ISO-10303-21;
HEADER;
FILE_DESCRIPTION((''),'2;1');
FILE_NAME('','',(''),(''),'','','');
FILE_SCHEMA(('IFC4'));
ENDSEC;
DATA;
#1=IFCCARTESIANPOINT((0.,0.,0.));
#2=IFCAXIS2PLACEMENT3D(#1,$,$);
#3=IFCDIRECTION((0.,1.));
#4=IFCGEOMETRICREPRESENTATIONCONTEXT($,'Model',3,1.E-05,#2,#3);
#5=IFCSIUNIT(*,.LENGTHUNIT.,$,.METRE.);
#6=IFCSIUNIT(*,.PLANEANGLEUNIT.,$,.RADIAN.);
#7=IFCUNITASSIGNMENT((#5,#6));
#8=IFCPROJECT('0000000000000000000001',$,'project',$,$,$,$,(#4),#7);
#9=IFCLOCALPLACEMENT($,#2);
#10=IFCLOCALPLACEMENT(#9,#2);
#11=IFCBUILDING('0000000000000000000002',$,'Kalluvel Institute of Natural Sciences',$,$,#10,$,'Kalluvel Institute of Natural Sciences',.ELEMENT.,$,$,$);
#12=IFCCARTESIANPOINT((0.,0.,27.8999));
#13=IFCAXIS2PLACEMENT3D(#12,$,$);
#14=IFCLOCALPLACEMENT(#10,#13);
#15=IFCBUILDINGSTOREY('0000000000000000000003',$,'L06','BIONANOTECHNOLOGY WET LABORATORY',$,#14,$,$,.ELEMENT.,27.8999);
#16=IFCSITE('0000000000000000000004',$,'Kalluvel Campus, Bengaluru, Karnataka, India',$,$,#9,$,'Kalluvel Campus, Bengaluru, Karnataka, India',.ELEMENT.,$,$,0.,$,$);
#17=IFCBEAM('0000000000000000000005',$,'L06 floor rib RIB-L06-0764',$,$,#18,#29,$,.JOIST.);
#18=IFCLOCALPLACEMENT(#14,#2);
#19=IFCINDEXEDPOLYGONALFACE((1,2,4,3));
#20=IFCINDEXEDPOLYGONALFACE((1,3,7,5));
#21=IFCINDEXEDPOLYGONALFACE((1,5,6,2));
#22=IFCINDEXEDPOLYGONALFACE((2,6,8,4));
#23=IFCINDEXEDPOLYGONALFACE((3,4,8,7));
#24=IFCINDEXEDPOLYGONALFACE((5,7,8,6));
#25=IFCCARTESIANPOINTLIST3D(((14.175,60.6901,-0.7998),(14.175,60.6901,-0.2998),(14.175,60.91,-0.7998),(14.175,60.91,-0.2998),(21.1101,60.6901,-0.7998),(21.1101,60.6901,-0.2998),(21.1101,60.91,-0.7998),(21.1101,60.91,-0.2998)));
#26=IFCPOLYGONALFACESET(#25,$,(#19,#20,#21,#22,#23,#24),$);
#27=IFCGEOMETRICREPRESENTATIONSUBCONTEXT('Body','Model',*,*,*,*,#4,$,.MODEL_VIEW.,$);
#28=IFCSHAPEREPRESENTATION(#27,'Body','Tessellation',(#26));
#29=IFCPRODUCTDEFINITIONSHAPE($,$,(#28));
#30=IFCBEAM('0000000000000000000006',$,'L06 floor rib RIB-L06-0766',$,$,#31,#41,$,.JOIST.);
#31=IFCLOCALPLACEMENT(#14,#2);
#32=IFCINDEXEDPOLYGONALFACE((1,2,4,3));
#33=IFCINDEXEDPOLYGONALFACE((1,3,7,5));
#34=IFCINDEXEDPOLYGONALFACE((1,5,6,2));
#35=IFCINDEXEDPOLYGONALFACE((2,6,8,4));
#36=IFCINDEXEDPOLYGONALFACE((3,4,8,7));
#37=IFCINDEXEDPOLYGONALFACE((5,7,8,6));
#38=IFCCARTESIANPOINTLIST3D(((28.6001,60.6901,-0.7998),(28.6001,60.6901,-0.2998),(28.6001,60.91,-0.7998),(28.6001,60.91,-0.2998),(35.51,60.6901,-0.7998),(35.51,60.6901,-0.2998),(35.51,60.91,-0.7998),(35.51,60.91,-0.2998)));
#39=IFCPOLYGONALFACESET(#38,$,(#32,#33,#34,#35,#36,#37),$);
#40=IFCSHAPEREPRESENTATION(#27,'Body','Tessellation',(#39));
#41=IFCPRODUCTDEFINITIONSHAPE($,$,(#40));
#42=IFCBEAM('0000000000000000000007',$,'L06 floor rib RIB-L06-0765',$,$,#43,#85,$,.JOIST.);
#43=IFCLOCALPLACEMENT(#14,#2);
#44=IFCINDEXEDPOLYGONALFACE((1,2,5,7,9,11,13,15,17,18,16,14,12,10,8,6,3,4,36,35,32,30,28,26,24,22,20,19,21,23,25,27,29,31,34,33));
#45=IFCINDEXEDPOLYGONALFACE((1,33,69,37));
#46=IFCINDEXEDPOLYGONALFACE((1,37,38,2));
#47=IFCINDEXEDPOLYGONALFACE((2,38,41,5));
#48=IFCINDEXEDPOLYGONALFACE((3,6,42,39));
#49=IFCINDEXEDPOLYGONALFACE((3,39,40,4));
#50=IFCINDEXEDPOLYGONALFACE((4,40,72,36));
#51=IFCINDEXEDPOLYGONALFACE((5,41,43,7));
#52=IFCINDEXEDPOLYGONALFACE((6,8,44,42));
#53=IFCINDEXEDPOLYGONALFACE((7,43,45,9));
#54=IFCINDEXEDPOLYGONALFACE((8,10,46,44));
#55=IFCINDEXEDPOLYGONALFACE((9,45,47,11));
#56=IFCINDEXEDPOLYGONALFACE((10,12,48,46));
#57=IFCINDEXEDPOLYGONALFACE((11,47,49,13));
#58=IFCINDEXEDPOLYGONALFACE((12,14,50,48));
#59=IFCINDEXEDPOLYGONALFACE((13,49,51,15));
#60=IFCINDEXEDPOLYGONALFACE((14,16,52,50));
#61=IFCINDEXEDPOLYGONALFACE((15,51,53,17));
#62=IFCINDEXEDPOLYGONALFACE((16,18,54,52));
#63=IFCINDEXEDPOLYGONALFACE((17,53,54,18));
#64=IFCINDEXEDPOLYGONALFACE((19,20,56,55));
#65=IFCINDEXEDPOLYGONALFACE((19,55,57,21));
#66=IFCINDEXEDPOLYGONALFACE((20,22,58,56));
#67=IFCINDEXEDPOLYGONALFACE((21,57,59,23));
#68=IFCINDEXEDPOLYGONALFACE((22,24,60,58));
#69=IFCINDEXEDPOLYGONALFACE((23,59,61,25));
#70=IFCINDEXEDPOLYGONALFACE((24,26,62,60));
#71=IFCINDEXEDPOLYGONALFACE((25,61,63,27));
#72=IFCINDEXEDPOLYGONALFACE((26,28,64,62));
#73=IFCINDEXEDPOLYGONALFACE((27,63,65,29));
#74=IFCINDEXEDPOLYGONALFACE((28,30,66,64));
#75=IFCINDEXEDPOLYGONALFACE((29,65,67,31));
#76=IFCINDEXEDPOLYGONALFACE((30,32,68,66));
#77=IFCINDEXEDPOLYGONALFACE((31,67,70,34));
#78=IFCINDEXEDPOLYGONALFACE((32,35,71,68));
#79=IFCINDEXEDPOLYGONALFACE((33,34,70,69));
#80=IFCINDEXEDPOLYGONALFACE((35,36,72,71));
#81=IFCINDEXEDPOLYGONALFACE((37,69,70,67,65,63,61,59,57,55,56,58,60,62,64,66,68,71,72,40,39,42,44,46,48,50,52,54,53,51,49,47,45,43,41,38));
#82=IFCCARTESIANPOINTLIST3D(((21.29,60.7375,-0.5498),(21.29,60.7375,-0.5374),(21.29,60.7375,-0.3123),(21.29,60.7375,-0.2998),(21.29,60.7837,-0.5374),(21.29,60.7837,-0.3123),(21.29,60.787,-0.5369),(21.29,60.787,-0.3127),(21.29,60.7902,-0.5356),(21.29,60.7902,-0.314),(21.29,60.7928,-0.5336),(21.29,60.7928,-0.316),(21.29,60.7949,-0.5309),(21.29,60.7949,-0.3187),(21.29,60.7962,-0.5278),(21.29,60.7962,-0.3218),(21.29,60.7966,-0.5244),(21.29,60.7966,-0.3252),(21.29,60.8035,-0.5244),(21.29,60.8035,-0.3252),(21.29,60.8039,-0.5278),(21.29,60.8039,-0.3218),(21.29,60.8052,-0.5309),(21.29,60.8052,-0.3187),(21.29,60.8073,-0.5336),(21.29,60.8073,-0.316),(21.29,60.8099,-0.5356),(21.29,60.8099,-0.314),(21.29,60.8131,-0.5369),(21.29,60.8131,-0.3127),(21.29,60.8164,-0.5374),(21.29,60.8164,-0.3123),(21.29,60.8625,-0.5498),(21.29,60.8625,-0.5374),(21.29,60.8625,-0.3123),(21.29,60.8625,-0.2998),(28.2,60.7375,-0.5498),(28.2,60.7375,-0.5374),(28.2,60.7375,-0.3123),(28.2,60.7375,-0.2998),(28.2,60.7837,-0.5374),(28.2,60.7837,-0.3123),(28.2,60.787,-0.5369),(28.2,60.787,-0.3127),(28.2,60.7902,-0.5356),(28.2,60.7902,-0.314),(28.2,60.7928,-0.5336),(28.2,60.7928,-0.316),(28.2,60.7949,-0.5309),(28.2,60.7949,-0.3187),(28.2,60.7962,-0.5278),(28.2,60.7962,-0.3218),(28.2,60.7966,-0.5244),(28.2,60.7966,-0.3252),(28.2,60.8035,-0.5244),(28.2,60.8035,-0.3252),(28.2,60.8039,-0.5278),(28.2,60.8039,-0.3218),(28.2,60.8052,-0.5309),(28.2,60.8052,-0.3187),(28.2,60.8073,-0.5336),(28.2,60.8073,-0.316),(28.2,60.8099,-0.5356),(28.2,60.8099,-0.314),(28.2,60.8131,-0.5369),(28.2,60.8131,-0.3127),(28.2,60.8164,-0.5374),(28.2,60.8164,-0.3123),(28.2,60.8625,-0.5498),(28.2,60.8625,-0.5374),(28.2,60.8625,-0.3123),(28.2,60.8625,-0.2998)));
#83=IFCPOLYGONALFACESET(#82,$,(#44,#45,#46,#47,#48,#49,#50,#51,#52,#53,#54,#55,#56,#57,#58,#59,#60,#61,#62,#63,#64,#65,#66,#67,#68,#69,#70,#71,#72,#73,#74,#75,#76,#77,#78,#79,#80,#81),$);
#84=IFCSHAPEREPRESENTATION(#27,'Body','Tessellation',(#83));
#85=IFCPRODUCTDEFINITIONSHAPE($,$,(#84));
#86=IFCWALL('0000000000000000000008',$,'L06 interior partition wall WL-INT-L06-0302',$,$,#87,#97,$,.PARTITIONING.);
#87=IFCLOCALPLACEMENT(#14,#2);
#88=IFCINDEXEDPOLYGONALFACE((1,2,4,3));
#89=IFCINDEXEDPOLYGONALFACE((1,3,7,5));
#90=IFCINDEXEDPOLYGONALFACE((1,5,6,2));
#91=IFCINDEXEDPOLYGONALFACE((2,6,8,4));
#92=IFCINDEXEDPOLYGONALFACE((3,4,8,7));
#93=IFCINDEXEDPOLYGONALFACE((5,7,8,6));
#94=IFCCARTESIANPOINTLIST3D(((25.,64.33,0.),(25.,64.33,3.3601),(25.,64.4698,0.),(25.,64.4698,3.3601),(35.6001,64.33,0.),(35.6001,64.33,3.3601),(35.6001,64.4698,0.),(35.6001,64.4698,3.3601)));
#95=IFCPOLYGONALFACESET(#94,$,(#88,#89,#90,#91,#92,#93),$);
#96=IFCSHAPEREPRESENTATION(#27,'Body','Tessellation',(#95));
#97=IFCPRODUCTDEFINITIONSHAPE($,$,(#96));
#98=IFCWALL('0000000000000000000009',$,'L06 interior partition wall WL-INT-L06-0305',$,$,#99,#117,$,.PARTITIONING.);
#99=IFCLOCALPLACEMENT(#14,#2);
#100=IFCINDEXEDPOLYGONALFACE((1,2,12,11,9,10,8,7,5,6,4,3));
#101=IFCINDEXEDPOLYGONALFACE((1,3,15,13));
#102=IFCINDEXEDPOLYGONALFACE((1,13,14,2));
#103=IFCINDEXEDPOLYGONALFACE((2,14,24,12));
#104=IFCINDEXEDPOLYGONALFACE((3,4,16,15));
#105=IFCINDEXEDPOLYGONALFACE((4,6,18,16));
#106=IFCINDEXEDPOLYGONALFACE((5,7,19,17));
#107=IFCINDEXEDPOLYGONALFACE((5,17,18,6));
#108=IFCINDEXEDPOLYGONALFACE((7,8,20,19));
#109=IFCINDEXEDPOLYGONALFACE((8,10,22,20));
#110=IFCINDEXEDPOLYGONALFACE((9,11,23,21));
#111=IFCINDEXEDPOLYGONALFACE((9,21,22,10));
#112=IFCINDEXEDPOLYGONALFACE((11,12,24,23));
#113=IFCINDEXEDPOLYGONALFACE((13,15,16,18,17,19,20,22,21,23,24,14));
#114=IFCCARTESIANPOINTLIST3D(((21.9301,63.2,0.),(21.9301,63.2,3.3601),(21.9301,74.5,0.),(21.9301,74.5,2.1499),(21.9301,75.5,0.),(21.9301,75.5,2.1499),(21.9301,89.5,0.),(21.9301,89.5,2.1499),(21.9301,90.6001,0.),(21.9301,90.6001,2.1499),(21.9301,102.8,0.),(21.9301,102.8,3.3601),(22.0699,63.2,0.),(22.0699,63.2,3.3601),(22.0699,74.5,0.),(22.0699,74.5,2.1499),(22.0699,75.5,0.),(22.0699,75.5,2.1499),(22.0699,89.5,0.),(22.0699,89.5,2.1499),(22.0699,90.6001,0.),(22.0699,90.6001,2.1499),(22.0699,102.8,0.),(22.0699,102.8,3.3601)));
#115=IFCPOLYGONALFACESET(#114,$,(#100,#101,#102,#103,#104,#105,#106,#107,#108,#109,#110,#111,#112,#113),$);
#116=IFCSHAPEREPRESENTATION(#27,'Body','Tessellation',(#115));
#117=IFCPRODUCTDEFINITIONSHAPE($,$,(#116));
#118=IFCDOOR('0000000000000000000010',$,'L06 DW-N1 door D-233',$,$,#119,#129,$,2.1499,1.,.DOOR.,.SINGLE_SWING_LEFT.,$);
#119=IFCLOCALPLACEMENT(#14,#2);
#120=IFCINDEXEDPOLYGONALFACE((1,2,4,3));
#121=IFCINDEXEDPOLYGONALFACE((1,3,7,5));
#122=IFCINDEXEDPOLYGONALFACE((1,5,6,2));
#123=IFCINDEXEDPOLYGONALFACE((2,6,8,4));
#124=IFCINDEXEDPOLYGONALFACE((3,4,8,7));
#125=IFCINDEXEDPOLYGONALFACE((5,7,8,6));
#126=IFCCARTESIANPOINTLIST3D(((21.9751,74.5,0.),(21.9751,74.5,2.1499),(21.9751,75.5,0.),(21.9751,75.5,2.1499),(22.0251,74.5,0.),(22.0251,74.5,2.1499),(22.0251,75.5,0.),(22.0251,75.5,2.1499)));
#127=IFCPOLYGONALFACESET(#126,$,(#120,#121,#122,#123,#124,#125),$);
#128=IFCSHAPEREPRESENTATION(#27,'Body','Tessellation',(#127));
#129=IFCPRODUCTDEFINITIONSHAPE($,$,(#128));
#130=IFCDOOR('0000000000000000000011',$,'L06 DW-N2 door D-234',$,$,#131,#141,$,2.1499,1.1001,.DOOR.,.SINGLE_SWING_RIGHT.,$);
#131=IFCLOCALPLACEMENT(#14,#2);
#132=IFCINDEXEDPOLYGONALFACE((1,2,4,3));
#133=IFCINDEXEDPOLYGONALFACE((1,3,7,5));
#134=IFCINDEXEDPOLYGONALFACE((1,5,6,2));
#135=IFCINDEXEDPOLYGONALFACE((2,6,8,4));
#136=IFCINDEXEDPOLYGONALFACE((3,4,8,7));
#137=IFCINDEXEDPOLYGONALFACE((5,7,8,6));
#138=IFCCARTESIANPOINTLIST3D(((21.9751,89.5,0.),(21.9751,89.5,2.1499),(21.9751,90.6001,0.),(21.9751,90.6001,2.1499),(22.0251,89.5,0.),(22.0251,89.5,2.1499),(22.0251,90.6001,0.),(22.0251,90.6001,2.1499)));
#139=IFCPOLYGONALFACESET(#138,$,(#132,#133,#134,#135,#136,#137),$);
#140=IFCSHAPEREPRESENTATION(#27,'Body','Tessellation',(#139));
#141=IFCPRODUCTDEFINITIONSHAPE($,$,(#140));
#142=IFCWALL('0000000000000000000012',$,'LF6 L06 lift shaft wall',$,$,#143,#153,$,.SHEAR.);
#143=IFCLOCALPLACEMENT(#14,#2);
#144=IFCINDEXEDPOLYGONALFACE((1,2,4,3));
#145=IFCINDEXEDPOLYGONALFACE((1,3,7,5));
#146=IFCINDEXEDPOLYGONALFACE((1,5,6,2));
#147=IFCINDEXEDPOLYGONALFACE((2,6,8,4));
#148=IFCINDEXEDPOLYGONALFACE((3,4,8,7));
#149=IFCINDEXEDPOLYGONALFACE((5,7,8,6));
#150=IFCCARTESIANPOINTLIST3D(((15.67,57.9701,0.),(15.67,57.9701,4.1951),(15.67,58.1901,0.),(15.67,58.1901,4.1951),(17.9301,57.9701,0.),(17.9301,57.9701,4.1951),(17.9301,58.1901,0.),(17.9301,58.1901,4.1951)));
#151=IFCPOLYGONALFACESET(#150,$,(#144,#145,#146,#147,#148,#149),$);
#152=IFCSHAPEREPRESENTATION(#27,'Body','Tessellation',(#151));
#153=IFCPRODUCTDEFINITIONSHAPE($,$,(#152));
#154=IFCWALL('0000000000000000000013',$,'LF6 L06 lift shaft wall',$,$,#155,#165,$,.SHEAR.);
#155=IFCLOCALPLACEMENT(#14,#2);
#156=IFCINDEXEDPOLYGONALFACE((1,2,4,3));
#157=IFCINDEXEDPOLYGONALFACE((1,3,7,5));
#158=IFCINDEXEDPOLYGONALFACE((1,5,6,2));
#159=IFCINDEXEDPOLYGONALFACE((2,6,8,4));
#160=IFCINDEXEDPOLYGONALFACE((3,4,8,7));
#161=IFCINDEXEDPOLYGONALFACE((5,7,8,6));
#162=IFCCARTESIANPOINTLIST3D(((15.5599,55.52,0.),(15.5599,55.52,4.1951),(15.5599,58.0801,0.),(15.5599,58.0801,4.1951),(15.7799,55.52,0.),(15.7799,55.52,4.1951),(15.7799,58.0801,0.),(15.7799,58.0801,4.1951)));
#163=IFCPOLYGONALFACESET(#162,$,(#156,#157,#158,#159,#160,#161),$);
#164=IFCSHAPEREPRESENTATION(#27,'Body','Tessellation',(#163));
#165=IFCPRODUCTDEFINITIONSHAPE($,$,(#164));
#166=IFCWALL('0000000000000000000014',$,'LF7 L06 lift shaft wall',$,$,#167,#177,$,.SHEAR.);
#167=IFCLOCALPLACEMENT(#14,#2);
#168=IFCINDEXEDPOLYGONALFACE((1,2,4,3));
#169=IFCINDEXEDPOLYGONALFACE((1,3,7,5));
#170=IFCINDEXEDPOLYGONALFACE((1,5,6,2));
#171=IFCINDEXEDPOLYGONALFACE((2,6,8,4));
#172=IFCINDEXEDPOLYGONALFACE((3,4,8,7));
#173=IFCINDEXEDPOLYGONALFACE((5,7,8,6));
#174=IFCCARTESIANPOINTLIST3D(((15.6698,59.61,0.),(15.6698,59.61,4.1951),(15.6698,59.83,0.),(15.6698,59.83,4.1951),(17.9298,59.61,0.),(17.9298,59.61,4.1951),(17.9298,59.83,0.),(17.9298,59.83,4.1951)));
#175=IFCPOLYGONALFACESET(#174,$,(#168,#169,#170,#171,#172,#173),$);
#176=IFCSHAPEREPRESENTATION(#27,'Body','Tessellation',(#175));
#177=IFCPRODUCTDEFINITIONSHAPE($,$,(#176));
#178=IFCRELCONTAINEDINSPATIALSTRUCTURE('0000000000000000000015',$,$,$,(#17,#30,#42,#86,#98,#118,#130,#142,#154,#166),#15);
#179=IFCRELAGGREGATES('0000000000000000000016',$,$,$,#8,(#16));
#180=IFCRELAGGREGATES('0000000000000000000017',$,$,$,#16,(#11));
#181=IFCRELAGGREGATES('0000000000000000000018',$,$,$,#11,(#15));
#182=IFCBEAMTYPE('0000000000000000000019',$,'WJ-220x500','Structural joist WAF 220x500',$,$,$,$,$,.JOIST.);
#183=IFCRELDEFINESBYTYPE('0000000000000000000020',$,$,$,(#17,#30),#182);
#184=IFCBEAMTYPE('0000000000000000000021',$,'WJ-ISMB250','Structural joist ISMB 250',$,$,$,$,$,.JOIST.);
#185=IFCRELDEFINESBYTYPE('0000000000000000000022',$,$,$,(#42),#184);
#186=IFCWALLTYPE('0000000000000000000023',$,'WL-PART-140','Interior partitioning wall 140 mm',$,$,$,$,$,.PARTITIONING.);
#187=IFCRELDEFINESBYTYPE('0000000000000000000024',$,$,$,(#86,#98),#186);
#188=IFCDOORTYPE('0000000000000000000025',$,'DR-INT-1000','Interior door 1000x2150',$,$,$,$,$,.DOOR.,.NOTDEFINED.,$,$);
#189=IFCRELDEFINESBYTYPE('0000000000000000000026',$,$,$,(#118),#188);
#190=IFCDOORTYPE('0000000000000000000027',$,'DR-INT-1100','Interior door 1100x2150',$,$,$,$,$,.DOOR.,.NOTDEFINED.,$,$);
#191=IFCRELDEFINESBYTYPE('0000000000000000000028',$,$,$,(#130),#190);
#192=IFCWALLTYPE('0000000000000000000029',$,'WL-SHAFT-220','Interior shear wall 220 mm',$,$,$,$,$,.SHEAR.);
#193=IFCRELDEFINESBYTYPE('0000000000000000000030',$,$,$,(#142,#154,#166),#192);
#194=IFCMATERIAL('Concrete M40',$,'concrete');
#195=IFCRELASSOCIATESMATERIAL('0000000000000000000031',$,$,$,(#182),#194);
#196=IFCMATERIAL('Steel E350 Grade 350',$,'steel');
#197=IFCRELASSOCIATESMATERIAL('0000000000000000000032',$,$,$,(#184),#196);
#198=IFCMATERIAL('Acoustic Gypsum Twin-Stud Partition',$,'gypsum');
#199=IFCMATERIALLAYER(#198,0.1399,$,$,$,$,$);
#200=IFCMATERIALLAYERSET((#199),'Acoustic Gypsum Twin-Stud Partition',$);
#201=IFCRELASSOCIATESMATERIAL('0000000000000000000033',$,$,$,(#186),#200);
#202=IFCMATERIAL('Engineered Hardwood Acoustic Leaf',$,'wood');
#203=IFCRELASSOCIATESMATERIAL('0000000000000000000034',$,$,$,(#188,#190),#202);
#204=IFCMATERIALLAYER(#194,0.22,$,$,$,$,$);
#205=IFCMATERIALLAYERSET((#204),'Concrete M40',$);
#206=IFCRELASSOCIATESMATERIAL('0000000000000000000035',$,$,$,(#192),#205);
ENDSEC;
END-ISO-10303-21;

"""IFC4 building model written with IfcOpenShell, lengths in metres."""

from ifc_helpers import new_model, si_unit, direction, frame, frame_2d, origin, origin_2d, place, context, subcontext, project, spatial, rectangle, i_section, extrude, material, layer, layer_set, material_profile, profile_set, type_object, element, fill, save


model = new_model("IFC4")

# Units and contexts
model_context = context("Model", 3, precision=1e-05, world=origin(), true_north=direction((0.0, 1.0)))
body_context = subcontext(model_context, "Body", "Model", "MODEL_VIEW")
ifc_project = project(units=[si_unit("LENGTHUNIT", "METRE"), si_unit("PLANEANGLEUNIT", "RADIAN")], contexts=[model_context])

# Site, building, storey
site_placement = place(None, origin())
site = spatial("IfcSite", under=ifc_project, at=site_placement, Name="Kalluvel Campus, Bengaluru, Karnataka, India", LongName="Kalluvel Campus, Bengaluru, Karnataka, India", CompositionType="ELEMENT", RefElevation=0.0)
building_placement = place(site_placement, origin())
building = spatial("IfcBuilding", under=site, at=building_placement, Name="Kalluvel Institute of Natural Sciences", LongName="Kalluvel Institute of Natural Sciences", CompositionType="ELEMENT")
storey_placement = place(building_placement, frame((0.0, 0.0, 27.8999)))
storey = spatial("IfcBuildingStorey", under=building, at=storey_placement, Name="L06", Description="BIONANOTECHNOLOGY WET LABORATORY", CompositionType="ELEMENT", Elevation=27.8999)

# Shared definitions
ifc_material_1 = material(Name="Concrete M40", Category="concrete")

# Beams
ifc_material_2 = material(Name="Steel E350 Grade 350", Category="steel")
ifc_material_profile_1 = material_profile(ifc_material_1, rectangle(XDim=0.22, YDim=0.5, at=origin_2d()), Name="WAF 220x500")
ifc_profile_set_1 = profile_set([ifc_material_profile_1], Name="Concrete M40")
beam_type_1 = type_object("IfcBeamType", Name="WJ-220x500", Description="Structural joist WAF 220x500", PredefinedType="JOIST", material=ifc_profile_set_1)
beam_1_placement = place(storey_placement, frame((14.175, 60.8, -0.5498), z_axis=(1.0, 0.0, 0.0), x_axis=(0.0, 1.0, 0.0)))
element("IfcBeam", 1, at=beam_1_placement, inside=storey, type_object=beam_type_1, Name="L06 floor rib RIB-L06-0764", PredefinedType="JOIST", context=body_context, shape_type="SweptSolid", body=[
    extrude(rectangle(XDim=0.22, YDim=0.5, at=origin_2d()), origin(), (0.0, 0.0, 1.0), 6.9351),
])
beam_2_placement = place(storey_placement, frame((28.6001, 60.8, -0.5498), z_axis=(1.0, 0.0, 0.0), x_axis=(0.0, 1.0, 0.0)))
element("IfcBeam", 2, at=beam_2_placement, inside=storey, type_object=beam_type_1, Name="L06 floor rib RIB-L06-0766", PredefinedType="JOIST", context=body_context, shape_type="SweptSolid", body=[
    extrude(rectangle(XDim=0.22, YDim=0.5, at=origin_2d()), origin(), (0.0, 0.0, 1.0), 6.9099),
])
ifc_material_profile_2 = material_profile(ifc_material_2, i_section(OverallWidth=0.125, OverallDepth=0.25, WebThickness=0.0068, FlangeThickness=0.0125, FilletRadius=0.0129, at=origin_2d()), Name="ISMB 250")
ifc_profile_set_2 = profile_set([ifc_material_profile_2], Name="Steel E350 Grade 350")
beam_type_2 = type_object("IfcBeamType", Name="WJ-ISMB250", Description="Structural joist ISMB 250", PredefinedType="JOIST", material=ifc_profile_set_2)
beam_3_placement = place(storey_placement, frame((21.29, 60.8, -0.4248), z_axis=(1.0, 0.0, 0.0), x_axis=(0.0, 1.0, 0.0)))
element("IfcBeam", 3, at=beam_3_placement, inside=storey, type_object=beam_type_2, Name="L06 floor rib RIB-L06-0765", PredefinedType="JOIST", context=body_context, shape_type="SweptSolid", body=[
    extrude(i_section(OverallWidth=0.125, OverallDepth=0.25, WebThickness=0.0068, FlangeThickness=0.0125, FilletRadius=0.0129, at=origin_2d()), origin(), (0.0, 0.0, 1.0), 6.9099),
])

# Wall
ifc_material_3 = material(Name="Acoustic Gypsum Twin-Stud Partition", Category="gypsum")
ifc_layer_1 = layer(ifc_material_3, 0.1399)
ifc_layer_set_1 = layer_set([ifc_layer_1], Name="Acoustic Gypsum Twin-Stud Partition")
wall_type_1 = type_object("IfcWallType", Name="WL-PART-140", Description="Interior partitioning wall 140 mm", PredefinedType="PARTITIONING", material=ifc_layer_set_1)
wall_1_placement = place(storey_placement, frame((25.0, 64.3999, 0.0), z_axis=(0.0, 0.0, 1.0), x_axis=(1.0, 0.0, 0.0)))
element("IfcWall", 4, at=wall_1_placement, inside=storey, type_object=wall_type_1, Name="L06 interior partition wall WL-INT-L06-0302", PredefinedType="PARTITIONING", context=body_context, shape_type="SweptSolid", body=[
    extrude(rectangle(XDim=10.6001, YDim=0.1399, at=frame_2d((5.3, 0.0))), origin(), (0.0, 0.0, 1.0), 3.3601),
])

# Wall, openings, doors
wall_2_placement = place(storey_placement, frame((22.0, 63.2, 0.0), z_axis=(0.0, 0.0, 1.0), x_axis=(0.0, 1.0, 0.0)))
wall_2 = element("IfcWall", 5, at=wall_2_placement, inside=storey, type_object=wall_type_1, Name="L06 interior partition wall WL-INT-L06-0305", PredefinedType="PARTITIONING", context=body_context, shape_type="SweptSolid", body=[
    extrude(rectangle(XDim=39.6001, YDim=0.1399, at=frame_2d((19.8, 0.0))), origin(), (0.0, 0.0, 1.0), 3.3601),
])
opening_1_placement = place(wall_2_placement, frame((11.3, 0.0, 0.0)))
opening_1 = element("IfcOpeningElement", 6, at=opening_1_placement, cuts=wall_2, PredefinedType="OPENING", context=body_context, shape_type="SweptSolid", body=[
    extrude(rectangle(XDim=1.0, YDim=2.1499, at=frame_2d((0.5, 1.075))), frame((0.0, 0.0798, 0.0), z_axis=(0.0, -1.0, 0.0), x_axis=(1.0, 0.0, 0.0)), (0.0, 0.0, 1.0), 0.1599),
])
opening_2_placement = place(wall_2_placement, frame((26.3, 0.0, 0.0)))
opening_2 = element("IfcOpeningElement", 7, at=opening_2_placement, cuts=wall_2, PredefinedType="OPENING", context=body_context, shape_type="SweptSolid", body=[
    extrude(rectangle(XDim=1.1001, YDim=2.1499, at=frame_2d((0.55, 1.075))), frame((0.0, 0.0798, 0.0), z_axis=(0.0, -1.0, 0.0), x_axis=(1.0, 0.0, 0.0)), (0.0, 0.0, 1.0), 0.1599),
])
ifc_material_4 = material(Name="Engineered Hardwood Acoustic Leaf", Category="wood")
door_type_1 = type_object("IfcDoorType", Name="DR-INT-1000", Description="Interior door 1000x2150", OperationType="NOTDEFINED", PredefinedType="DOOR", material=ifc_material_4)
door_1_placement = place(opening_1_placement, origin())
door_1 = element("IfcDoor", 8, at=door_1_placement, inside=storey, type_object=door_type_1, Name="L06 DW-N1 door D-233", OperationType="SINGLE_SWING_LEFT", OverallHeight=2.1499, OverallWidth=1.0, PredefinedType="DOOR", context=body_context, shape_type="SweptSolid", body=[
    extrude(rectangle(XDim=1.0, YDim=2.1499, at=frame_2d((0.5, 1.075))), frame((0.0, 0.0249, 0.0), z_axis=(0.0, -1.0, 0.0), x_axis=(1.0, 0.0, 0.0)), (0.0, 0.0, 1.0), 0.05),
])
fill(opening_1, door_1)
door_type_2 = type_object("IfcDoorType", Name="DR-INT-1100", Description="Interior door 1100x2150", OperationType="NOTDEFINED", PredefinedType="DOOR", material=ifc_material_4)
door_2_placement = place(opening_2_placement, origin())
door_2 = element("IfcDoor", 9, at=door_2_placement, inside=storey, type_object=door_type_2, Name="L06 DW-N2 door D-234", OperationType="SINGLE_SWING_RIGHT", OverallHeight=2.1499, OverallWidth=1.1001, PredefinedType="DOOR", context=body_context, shape_type="SweptSolid", body=[
    extrude(rectangle(XDim=1.1001, YDim=2.1499, at=frame_2d((0.55, 1.075))), frame((0.0, 0.0249, 0.0), z_axis=(0.0, -1.0, 0.0), x_axis=(1.0, 0.0, 0.0)), (0.0, 0.0, 1.0), 0.05),
])
fill(opening_2, door_2)

# Shared definitions
ifc_layer_2 = layer(ifc_material_1, 0.22)
ifc_layer_set_2 = layer_set([ifc_layer_2], Name="Concrete M40")
wall_type_2 = type_object("IfcWallType", Name="WL-SHAFT-220", Description="Interior shear wall 220 mm", PredefinedType="SHEAR", material=ifc_layer_set_2)

# Walls
wall_3_placement = place(storey_placement, frame((17.9299, 58.0801, 0.0), z_axis=(0.0, 0.0, 1.0), x_axis=(-1.0, 0.0, 0.0)))
element("IfcWall", 10, at=wall_3_placement, inside=storey, type_object=wall_type_2, Name="LF6 L06 lift shaft wall", PredefinedType="SHEAR", context=body_context, shape_type="SweptSolid", body=[
    extrude(rectangle(XDim=2.26, YDim=0.22, at=frame_2d((1.1299, 0.0))), origin(), (0.0, 0.0, 1.0), 4.1951),
])
wall_4_placement = place(storey_placement, frame((15.6699, 58.0801, 0.0), z_axis=(0.0, 0.0, 1.0), x_axis=(0.0, -1.0, 0.0)))
element("IfcWall", 11, at=wall_4_placement, inside=storey, type_object=wall_type_2, Name="LF6 L06 lift shaft wall", PredefinedType="SHEAR", context=body_context, shape_type="SweptSolid", body=[
    extrude(rectangle(XDim=2.5601, YDim=0.22, at=frame_2d((1.28, 0.0))), origin(), (0.0, 0.0, 1.0), 4.1951),
])
wall_5_placement = place(storey_placement, frame((15.6699, 59.72, 0.0), z_axis=(0.0, 0.0, 1.0), x_axis=(1.0, 0.0, 0.0)))
element("IfcWall", 12, at=wall_5_placement, inside=storey, type_object=wall_type_2, Name="LF7 L06 lift shaft wall", PredefinedType="SHEAR", context=body_context, shape_type="SweptSolid", body=[
    extrude(rectangle(XDim=2.26, YDim=0.22, at=frame_2d((1.1299, 0.0))), origin(), (0.0, 0.0, 1.0), 4.1951),
])

save(model, "model.ifc")
